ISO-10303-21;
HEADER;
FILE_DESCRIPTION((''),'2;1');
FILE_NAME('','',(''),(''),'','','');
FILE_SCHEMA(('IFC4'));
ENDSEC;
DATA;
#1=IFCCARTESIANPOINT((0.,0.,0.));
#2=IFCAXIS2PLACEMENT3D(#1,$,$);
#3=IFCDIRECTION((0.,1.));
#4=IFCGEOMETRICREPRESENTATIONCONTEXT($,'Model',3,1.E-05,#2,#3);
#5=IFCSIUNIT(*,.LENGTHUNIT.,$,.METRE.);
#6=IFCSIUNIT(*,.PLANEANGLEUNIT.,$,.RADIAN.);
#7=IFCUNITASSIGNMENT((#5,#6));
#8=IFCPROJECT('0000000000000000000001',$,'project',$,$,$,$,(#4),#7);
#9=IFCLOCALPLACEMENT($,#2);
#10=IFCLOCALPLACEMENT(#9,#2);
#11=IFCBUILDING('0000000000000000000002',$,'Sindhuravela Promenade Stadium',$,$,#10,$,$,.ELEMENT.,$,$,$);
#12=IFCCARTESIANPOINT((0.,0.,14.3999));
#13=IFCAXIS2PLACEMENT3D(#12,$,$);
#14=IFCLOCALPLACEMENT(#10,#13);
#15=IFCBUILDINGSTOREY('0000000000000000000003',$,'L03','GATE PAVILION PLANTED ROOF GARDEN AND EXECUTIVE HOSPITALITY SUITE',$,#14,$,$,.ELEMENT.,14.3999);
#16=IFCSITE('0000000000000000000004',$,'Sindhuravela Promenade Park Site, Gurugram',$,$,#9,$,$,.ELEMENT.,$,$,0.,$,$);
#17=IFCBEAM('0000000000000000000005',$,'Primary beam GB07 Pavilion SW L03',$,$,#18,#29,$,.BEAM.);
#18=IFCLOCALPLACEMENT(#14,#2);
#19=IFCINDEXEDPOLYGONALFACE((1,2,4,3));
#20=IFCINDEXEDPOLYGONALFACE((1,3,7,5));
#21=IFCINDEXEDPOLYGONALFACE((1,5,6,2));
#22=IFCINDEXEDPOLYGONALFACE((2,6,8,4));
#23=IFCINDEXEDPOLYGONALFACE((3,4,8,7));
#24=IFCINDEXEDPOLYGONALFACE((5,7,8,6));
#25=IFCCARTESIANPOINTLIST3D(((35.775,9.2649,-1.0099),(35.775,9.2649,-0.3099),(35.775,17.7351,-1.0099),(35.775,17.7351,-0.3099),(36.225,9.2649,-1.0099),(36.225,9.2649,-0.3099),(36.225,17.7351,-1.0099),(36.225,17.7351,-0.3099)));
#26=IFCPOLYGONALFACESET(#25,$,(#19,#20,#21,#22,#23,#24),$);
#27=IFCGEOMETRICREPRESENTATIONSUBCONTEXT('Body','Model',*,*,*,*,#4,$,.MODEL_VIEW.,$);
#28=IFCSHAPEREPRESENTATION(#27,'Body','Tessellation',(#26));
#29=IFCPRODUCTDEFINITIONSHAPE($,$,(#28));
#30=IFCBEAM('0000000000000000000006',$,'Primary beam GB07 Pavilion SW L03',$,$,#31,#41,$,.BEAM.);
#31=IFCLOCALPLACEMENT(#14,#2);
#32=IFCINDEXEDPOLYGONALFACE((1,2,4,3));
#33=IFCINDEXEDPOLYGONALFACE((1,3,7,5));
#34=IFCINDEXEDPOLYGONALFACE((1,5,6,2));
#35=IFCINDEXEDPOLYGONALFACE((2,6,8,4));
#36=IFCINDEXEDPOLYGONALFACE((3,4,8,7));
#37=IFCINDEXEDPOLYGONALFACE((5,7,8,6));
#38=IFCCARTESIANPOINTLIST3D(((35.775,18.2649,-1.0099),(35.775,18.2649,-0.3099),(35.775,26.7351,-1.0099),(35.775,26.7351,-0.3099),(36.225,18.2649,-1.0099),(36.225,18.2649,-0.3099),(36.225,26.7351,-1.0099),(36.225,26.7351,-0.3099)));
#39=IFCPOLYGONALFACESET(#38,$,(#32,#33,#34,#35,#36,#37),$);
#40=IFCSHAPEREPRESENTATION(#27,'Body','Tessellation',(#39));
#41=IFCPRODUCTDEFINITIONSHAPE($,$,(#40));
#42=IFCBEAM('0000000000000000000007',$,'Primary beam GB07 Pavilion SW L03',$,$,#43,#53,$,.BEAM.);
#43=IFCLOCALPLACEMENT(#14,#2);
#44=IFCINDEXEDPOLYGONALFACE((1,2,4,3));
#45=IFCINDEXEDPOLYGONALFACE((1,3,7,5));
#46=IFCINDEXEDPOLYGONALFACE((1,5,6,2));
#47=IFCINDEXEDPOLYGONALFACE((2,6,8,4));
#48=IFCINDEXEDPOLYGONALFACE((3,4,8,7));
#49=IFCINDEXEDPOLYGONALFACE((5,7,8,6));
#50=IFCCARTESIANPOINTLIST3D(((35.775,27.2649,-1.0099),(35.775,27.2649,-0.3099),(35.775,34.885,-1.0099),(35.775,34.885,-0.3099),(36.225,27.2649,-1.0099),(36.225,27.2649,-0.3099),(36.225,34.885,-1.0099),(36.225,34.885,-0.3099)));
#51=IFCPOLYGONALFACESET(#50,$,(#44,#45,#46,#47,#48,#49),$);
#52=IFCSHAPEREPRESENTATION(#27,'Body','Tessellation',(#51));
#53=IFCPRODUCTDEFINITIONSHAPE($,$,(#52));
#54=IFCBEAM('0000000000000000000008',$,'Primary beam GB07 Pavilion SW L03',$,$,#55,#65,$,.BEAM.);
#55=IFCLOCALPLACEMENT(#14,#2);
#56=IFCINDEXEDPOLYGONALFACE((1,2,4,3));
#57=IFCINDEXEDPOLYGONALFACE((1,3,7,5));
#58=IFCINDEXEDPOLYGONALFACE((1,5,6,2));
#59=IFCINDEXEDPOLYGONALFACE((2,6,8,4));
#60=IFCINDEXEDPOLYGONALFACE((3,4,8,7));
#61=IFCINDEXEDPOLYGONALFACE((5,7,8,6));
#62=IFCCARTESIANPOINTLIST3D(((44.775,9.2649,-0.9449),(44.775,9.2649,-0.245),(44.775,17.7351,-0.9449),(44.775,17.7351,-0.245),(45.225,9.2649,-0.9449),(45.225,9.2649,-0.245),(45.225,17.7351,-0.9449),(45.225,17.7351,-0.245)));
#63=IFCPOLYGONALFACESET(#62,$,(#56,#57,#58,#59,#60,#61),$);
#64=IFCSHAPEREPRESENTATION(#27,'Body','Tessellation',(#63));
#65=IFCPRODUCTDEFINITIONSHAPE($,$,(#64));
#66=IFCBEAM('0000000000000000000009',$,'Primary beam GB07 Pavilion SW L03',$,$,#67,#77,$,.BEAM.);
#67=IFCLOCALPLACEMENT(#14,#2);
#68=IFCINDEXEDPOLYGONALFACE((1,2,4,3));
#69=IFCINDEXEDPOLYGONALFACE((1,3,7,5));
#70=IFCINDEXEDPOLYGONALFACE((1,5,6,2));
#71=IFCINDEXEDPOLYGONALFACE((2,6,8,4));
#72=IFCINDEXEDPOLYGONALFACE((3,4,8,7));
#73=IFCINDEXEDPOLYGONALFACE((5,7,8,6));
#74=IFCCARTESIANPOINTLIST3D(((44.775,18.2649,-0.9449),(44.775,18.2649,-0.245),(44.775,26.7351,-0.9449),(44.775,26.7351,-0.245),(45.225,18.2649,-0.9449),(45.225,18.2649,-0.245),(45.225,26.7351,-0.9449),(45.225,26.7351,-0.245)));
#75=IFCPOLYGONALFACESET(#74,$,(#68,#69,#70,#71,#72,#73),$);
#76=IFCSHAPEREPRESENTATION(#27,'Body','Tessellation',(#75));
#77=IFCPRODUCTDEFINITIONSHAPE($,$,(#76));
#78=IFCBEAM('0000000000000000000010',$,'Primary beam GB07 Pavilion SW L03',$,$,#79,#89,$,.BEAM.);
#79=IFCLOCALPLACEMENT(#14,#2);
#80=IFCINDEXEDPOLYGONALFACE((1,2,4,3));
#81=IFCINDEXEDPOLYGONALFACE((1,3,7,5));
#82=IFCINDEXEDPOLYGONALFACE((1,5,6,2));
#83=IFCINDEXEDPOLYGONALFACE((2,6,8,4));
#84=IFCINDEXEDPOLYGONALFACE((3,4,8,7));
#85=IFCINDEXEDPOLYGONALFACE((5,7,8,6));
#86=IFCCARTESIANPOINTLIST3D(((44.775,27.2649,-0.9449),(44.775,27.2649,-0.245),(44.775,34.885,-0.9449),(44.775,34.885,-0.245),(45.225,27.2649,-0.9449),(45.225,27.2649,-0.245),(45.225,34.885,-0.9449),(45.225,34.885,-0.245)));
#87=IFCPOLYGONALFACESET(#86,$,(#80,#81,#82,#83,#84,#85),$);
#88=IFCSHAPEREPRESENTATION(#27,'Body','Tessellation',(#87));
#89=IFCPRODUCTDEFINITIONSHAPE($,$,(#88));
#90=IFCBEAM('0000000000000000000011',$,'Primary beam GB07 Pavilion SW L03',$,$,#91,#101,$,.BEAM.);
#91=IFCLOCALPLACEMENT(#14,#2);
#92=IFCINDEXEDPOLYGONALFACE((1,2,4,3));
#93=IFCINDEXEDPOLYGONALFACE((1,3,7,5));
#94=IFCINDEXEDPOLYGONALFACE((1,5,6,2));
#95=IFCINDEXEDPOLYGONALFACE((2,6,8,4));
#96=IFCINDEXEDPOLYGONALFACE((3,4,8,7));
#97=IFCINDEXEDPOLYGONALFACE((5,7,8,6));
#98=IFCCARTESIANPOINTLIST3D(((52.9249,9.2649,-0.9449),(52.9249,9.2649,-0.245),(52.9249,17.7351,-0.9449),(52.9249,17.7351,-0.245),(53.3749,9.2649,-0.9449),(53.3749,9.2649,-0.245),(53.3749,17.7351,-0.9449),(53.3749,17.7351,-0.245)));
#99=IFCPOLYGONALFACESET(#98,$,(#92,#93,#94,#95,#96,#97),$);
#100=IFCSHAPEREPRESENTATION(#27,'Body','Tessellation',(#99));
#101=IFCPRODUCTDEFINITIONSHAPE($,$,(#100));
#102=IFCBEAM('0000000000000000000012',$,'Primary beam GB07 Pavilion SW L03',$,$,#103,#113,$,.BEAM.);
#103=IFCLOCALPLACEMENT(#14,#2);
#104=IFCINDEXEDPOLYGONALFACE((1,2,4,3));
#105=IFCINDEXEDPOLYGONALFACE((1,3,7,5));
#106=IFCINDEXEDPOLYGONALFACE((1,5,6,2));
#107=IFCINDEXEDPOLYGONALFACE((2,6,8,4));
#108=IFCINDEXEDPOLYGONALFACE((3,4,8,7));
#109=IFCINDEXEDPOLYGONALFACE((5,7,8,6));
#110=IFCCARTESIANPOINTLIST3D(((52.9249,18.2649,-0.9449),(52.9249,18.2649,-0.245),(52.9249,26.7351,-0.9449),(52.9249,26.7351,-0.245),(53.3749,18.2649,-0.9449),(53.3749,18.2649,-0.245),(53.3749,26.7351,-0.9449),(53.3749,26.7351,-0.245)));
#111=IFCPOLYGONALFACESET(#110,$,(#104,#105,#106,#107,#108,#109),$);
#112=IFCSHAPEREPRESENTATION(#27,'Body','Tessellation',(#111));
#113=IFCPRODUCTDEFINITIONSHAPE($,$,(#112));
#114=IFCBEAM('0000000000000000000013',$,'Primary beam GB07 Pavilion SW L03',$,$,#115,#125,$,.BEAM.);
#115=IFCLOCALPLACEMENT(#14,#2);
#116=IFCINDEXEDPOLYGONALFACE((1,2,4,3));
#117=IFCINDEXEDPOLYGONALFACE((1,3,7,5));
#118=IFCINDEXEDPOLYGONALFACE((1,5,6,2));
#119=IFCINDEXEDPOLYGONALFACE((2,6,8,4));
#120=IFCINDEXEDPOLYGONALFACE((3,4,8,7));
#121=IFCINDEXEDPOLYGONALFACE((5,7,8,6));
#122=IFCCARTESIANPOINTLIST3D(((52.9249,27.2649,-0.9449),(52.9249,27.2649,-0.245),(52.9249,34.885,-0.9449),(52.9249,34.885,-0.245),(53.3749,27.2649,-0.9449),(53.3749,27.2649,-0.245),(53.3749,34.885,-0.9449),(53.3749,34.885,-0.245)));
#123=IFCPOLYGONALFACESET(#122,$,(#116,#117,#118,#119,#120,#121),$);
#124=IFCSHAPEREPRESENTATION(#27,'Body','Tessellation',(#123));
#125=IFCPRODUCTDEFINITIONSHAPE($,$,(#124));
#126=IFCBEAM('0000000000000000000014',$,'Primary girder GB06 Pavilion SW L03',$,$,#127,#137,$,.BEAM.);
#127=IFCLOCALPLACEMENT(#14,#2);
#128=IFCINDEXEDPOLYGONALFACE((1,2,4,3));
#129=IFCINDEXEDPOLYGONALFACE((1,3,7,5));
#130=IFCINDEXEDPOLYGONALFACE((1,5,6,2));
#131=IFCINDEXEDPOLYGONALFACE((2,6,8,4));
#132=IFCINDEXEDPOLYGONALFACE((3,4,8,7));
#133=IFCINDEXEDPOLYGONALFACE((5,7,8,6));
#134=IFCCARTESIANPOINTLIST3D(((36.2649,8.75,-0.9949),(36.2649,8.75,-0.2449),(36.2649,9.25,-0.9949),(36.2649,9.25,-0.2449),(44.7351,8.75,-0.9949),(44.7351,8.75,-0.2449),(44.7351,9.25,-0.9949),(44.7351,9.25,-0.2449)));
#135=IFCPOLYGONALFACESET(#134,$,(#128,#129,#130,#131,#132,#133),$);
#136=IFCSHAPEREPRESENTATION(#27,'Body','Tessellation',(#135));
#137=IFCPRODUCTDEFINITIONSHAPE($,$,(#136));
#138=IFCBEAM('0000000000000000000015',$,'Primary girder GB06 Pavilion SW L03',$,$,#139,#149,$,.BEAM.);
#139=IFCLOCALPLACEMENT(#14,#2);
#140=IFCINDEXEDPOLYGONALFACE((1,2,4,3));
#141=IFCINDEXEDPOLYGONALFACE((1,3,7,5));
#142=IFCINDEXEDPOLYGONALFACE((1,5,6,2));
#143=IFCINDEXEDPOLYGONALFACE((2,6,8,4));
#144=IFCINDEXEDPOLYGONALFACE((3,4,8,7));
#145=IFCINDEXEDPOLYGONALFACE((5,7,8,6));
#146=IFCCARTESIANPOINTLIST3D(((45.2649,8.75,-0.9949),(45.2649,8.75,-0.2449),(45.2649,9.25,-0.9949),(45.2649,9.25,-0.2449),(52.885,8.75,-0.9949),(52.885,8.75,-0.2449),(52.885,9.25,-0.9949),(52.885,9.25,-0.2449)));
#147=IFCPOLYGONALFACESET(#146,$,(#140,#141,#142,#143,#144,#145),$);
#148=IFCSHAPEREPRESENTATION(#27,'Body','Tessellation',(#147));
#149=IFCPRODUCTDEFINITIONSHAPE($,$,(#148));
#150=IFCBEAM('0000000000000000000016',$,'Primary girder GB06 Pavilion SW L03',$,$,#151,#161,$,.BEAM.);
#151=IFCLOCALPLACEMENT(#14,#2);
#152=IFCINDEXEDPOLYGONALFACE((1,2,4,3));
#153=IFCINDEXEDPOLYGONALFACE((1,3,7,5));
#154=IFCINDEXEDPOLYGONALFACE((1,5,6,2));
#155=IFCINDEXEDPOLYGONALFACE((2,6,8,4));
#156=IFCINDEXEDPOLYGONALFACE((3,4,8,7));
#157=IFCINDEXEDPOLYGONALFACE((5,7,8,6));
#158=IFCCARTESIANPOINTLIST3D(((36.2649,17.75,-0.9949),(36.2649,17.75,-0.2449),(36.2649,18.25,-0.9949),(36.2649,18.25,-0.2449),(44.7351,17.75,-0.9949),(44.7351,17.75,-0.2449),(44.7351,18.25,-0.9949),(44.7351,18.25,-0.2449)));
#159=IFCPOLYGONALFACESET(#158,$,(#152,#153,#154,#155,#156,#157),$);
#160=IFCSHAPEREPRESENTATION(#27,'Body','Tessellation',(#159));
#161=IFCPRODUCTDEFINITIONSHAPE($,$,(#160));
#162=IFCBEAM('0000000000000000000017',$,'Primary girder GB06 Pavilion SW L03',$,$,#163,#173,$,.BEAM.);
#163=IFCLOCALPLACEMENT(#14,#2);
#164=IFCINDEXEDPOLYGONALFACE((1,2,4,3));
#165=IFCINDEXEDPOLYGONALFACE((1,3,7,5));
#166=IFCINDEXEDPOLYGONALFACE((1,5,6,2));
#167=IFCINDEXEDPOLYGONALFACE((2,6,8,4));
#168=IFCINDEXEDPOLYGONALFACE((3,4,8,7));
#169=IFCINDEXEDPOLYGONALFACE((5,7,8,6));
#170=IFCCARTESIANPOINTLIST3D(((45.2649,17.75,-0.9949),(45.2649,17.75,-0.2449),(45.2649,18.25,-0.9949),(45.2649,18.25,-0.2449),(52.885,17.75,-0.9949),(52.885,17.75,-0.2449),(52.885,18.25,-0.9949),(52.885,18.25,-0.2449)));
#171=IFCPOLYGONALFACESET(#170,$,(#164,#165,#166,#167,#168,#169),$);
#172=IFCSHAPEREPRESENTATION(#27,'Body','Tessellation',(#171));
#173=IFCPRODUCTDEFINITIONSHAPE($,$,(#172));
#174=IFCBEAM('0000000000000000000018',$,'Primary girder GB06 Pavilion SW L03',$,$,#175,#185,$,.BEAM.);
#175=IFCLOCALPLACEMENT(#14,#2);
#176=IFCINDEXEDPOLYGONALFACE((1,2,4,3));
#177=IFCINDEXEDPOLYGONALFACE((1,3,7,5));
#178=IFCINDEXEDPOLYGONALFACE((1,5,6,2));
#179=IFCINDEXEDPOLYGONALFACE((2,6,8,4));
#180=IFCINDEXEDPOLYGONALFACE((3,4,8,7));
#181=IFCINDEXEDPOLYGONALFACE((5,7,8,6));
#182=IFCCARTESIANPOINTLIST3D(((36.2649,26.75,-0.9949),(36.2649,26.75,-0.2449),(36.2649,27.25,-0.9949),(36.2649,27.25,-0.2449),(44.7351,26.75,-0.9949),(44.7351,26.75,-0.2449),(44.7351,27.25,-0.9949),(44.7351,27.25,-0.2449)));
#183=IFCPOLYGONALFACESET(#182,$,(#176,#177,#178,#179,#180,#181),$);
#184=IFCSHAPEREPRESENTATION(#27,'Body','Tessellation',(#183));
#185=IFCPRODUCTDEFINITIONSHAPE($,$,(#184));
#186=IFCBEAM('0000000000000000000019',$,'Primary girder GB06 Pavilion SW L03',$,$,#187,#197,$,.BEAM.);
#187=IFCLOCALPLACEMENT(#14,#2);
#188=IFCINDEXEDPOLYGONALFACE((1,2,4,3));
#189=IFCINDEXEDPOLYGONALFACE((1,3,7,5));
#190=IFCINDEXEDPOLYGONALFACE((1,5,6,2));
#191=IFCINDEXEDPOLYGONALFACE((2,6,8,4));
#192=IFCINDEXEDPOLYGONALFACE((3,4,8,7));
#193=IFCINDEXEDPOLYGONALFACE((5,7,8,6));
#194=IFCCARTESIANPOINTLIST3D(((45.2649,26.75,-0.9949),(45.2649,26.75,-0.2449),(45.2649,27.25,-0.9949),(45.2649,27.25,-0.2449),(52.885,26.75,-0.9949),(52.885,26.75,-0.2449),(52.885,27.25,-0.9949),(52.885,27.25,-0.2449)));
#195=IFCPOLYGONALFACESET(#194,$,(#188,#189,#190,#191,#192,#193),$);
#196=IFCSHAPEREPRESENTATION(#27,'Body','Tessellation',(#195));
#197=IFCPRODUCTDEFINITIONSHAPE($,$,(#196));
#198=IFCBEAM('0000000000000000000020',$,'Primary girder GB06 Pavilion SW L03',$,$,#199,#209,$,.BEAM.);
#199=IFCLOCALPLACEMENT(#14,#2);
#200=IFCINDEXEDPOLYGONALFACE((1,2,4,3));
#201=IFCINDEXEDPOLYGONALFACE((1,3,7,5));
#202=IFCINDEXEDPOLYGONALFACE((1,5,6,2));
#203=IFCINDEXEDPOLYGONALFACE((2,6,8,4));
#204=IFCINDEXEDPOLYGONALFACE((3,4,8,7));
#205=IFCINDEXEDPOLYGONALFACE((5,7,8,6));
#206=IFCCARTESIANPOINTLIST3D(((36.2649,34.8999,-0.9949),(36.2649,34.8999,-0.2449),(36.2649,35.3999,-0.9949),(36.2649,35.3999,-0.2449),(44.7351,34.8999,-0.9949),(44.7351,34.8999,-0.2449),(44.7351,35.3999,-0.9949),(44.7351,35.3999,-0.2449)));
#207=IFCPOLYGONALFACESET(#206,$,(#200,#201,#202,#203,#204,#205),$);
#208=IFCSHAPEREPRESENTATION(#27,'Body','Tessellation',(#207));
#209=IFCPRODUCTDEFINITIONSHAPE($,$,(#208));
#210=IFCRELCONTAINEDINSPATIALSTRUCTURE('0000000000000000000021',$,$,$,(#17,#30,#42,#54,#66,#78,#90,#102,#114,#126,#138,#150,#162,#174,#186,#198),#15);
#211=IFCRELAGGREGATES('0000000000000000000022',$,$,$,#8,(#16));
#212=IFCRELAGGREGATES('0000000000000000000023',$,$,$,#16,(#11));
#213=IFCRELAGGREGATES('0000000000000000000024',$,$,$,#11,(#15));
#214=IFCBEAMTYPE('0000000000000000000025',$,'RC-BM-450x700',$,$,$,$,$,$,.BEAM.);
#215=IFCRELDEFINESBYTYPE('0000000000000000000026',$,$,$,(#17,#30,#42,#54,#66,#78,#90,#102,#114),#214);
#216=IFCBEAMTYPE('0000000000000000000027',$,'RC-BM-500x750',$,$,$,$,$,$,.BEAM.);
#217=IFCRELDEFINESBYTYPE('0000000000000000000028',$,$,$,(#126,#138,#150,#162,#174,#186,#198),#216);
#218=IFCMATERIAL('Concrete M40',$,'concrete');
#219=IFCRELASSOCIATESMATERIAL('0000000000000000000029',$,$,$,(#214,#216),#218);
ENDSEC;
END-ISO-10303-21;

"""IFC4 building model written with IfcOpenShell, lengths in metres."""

from ifc_helpers import new_model, si_unit, direction, frame, origin, origin_2d, place, context, subcontext, project, spatial, rectangle, extrude, material, material_profile, profile_set, type_object, element, save


model = new_model("IFC4")

# Units and contexts
model_context = context("Model", 3, precision=1e-05, world=origin(), true_north=direction((0.0, 1.0)))
body_context = subcontext(model_context, "Body", "Model", "MODEL_VIEW")
ifc_project = project(units=[si_unit("LENGTHUNIT", "METRE"), si_unit("PLANEANGLEUNIT", "RADIAN")], contexts=[model_context])

# Site, building, storey
site_placement = place(None, origin())
site = spatial("IfcSite", under=ifc_project, at=site_placement, Name="Sindhuravela Promenade Park Site, Gurugram", CompositionType="ELEMENT", RefElevation=0.0)
building_placement = place(site_placement, origin())
building = spatial("IfcBuilding", under=site, at=building_placement, Name="Sindhuravela Promenade Stadium", CompositionType="ELEMENT")
storey_placement = place(building_placement, frame((0.0, 0.0, 14.3999)))
storey = spatial("IfcBuildingStorey", under=building, at=storey_placement, Name="L03", Description="GATE PAVILION PLANTED ROOF GARDEN AND EXECUTIVE HOSPITALITY SUITE", CompositionType="ELEMENT", Elevation=14.3999)

# Beams
ifc_material_1 = material(Name="Concrete M40", Category="concrete")
ifc_material_profile_1 = material_profile(ifc_material_1, rectangle(XDim=0.45, YDim=0.7, at=origin_2d()), Name="RC 450x700")
ifc_profile_set_1 = profile_set([ifc_material_profile_1], Name="Concrete M40")
beam_type_1 = type_object("IfcBeamType", Name="RC-BM-450x700", PredefinedType="BEAM", material=ifc_profile_set_1)
for number, where, z_axis, x_axis, name in (
    (1, (36.0, 9.2649, -0.6599), (0.0, 1.0, 0.0), (-1.0, 0.0, 0.0), "Primary beam GB07 Pavilion SW L03"),
    (2, (36.0, 18.2649, -0.6599), (0.0, 1.0, 0.0), (-1.0, 0.0, 0.0), "Primary beam GB07 Pavilion SW L03"),
):
    element("IfcBeam", number, at=place(storey_placement, frame(where, z_axis=z_axis, x_axis=x_axis)), inside=storey, type_object=beam_type_1, Name=name, PredefinedType="BEAM", context=body_context, shape_type="SweptSolid", body=[
        extrude(rectangle(XDim=0.45, YDim=0.7, at=origin_2d()), origin(), (0.0, 0.0, 1.0), 8.4702),
    ])
beam_1_placement = place(storey_placement, frame((36.0, 27.2649, -0.6599), z_axis=(0.0, 1.0, 0.0), x_axis=(-1.0, 0.0, 0.0)))
element("IfcBeam", 3, at=beam_1_placement, inside=storey, type_object=beam_type_1, Name="Primary beam GB07 Pavilion SW L03", PredefinedType="BEAM", context=body_context, shape_type="SweptSolid", body=[
    extrude(rectangle(XDim=0.45, YDim=0.7, at=origin_2d()), origin(), (0.0, 0.0, 1.0), 7.6201),
])
for number, where, z_axis, x_axis, name in (
    (4, (45.0, 9.2649, -0.595), (0.0, 1.0, 0.0), (-1.0, 0.0, 0.0), "Primary beam GB07 Pavilion SW L03"),
    (5, (45.0, 18.2649, -0.595), (0.0, 1.0, 0.0), (-1.0, 0.0, 0.0), "Primary beam GB07 Pavilion SW L03"),
):
    element("IfcBeam", number, at=place(storey_placement, frame(where, z_axis=z_axis, x_axis=x_axis)), inside=storey, type_object=beam_type_1, Name=name, PredefinedType="BEAM", context=body_context, shape_type="SweptSolid", body=[
        extrude(rectangle(XDim=0.45, YDim=0.7, at=origin_2d()), origin(), (0.0, 0.0, 1.0), 8.4702),
    ])
beam_2_placement = place(storey_placement, frame((45.0, 27.2649, -0.595), z_axis=(0.0, 1.0, 0.0), x_axis=(-1.0, 0.0, 0.0)))
element("IfcBeam", 6, at=beam_2_placement, inside=storey, type_object=beam_type_1, Name="Primary beam GB07 Pavilion SW L03", PredefinedType="BEAM", context=body_context, shape_type="SweptSolid", body=[
    extrude(rectangle(XDim=0.45, YDim=0.7, at=origin_2d()), origin(), (0.0, 0.0, 1.0), 7.6201),
])
for number, where, z_axis, x_axis, name in (
    (7, (53.1499, 9.2649, -0.595), (0.0, 1.0, 0.0), (-1.0, 0.0, 0.0), "Primary beam GB07 Pavilion SW L03"),
    (8, (53.1499, 18.2649, -0.595), (0.0, 1.0, 0.0), (-1.0, 0.0, 0.0), "Primary beam GB07 Pavilion SW L03"),
):
    element("IfcBeam", number, at=place(storey_placement, frame(where, z_axis=z_axis, x_axis=x_axis)), inside=storey, type_object=beam_type_1, Name=name, PredefinedType="BEAM", context=body_context, shape_type="SweptSolid", body=[
        extrude(rectangle(XDim=0.45, YDim=0.7, at=origin_2d()), origin(), (0.0, 0.0, 1.0), 8.4702),
    ])
beam_3_placement = place(storey_placement, frame((53.1499, 27.2649, -0.595), z_axis=(0.0, 1.0, 0.0), x_axis=(-1.0, 0.0, 0.0)))
element("IfcBeam", 9, at=beam_3_placement, inside=storey, type_object=beam_type_1, Name="Primary beam GB07 Pavilion SW L03", PredefinedType="BEAM", context=body_context, shape_type="SweptSolid", body=[
    extrude(rectangle(XDim=0.45, YDim=0.7, at=origin_2d()), origin(), (0.0, 0.0, 1.0), 7.6201),
])
ifc_material_profile_2 = material_profile(ifc_material_1, rectangle(XDim=0.5, YDim=0.75, at=origin_2d()), Name="RC 500x750")
ifc_profile_set_2 = profile_set([ifc_material_profile_2], Name="Concrete M40")
beam_type_2 = type_object("IfcBeamType", Name="RC-BM-500x750", PredefinedType="BEAM", material=ifc_profile_set_2)
beam_4_placement = place(storey_placement, frame((36.2649, 9.0, -0.6199), z_axis=(1.0, 0.0, 0.0), x_axis=(0.0, 1.0, 0.0)))
element("IfcBeam", 10, at=beam_4_placement, inside=storey, type_object=beam_type_2, Name="Primary girder GB06 Pavilion SW L03", PredefinedType="BEAM", context=body_context, shape_type="SweptSolid", body=[
    extrude(rectangle(XDim=0.5, YDim=0.75, at=origin_2d()), origin(), (0.0, 0.0, 1.0), 8.4702),
])
beam_5_placement = place(storey_placement, frame((45.2649, 9.0, -0.6199), z_axis=(1.0, 0.0, 0.0), x_axis=(0.0, 1.0, 0.0)))
element("IfcBeam", 11, at=beam_5_placement, inside=storey, type_object=beam_type_2, Name="Primary girder GB06 Pavilion SW L03", PredefinedType="BEAM", context=body_context, shape_type="SweptSolid", body=[
    extrude(rectangle(XDim=0.5, YDim=0.75, at=origin_2d()), origin(), (0.0, 0.0, 1.0), 7.6201),
])
beam_6_placement = place(storey_placement, frame((36.2649, 18.0, -0.6199), z_axis=(1.0, 0.0, 0.0), x_axis=(0.0, 1.0, 0.0)))
element("IfcBeam", 12, at=beam_6_placement, inside=storey, type_object=beam_type_2, Name="Primary girder GB06 Pavilion SW L03", PredefinedType="BEAM", context=body_context, shape_type="SweptSolid", body=[
    extrude(rectangle(XDim=0.5, YDim=0.75, at=origin_2d()), origin(), (0.0, 0.0, 1.0), 8.4702),
])
beam_7_placement = place(storey_placement, frame((45.2649, 18.0, -0.6199), z_axis=(1.0, 0.0, 0.0), x_axis=(0.0, 1.0, 0.0)))
element("IfcBeam", 13, at=beam_7_placement, inside=storey, type_object=beam_type_2, Name="Primary girder GB06 Pavilion SW L03", PredefinedType="BEAM", context=body_context, shape_type="SweptSolid", body=[
    extrude(rectangle(XDim=0.5, YDim=0.75, at=origin_2d()), origin(), (0.0, 0.0, 1.0), 7.6201),
])
beam_8_placement = place(storey_placement, frame((36.2649, 27.0, -0.6199), z_axis=(1.0, 0.0, 0.0), x_axis=(0.0, 1.0, 0.0)))
element("IfcBeam", 14, at=beam_8_placement, inside=storey, type_object=beam_type_2, Name="Primary girder GB06 Pavilion SW L03", PredefinedType="BEAM", context=body_context, shape_type="SweptSolid", body=[
    extrude(rectangle(XDim=0.5, YDim=0.75, at=origin_2d()), origin(), (0.0, 0.0, 1.0), 8.4702),
])
beam_9_placement = place(storey_placement, frame((45.2649, 27.0, -0.6199), z_axis=(1.0, 0.0, 0.0), x_axis=(0.0, 1.0, 0.0)))
element("IfcBeam", 15, at=beam_9_placement, inside=storey, type_object=beam_type_2, Name="Primary girder GB06 Pavilion SW L03", PredefinedType="BEAM", context=body_context, shape_type="SweptSolid", body=[
    extrude(rectangle(XDim=0.5, YDim=0.75, at=origin_2d()), origin(), (0.0, 0.0, 1.0), 7.6201),
])
beam_10_placement = place(storey_placement, frame((36.2649, 35.1499, -0.6199), z_axis=(1.0, 0.0, 0.0), x_axis=(0.0, 1.0, 0.0)))
element("IfcBeam", 16, at=beam_10_placement, inside=storey, type_object=beam_type_2, Name="Primary girder GB06 Pavilion SW L03", PredefinedType="BEAM", context=body_context, shape_type="SweptSolid", body=[
    extrude(rectangle(XDim=0.5, YDim=0.75, at=origin_2d()), origin(), (0.0, 0.0, 1.0), 8.4702),
])

save(model, "model.ifc")
